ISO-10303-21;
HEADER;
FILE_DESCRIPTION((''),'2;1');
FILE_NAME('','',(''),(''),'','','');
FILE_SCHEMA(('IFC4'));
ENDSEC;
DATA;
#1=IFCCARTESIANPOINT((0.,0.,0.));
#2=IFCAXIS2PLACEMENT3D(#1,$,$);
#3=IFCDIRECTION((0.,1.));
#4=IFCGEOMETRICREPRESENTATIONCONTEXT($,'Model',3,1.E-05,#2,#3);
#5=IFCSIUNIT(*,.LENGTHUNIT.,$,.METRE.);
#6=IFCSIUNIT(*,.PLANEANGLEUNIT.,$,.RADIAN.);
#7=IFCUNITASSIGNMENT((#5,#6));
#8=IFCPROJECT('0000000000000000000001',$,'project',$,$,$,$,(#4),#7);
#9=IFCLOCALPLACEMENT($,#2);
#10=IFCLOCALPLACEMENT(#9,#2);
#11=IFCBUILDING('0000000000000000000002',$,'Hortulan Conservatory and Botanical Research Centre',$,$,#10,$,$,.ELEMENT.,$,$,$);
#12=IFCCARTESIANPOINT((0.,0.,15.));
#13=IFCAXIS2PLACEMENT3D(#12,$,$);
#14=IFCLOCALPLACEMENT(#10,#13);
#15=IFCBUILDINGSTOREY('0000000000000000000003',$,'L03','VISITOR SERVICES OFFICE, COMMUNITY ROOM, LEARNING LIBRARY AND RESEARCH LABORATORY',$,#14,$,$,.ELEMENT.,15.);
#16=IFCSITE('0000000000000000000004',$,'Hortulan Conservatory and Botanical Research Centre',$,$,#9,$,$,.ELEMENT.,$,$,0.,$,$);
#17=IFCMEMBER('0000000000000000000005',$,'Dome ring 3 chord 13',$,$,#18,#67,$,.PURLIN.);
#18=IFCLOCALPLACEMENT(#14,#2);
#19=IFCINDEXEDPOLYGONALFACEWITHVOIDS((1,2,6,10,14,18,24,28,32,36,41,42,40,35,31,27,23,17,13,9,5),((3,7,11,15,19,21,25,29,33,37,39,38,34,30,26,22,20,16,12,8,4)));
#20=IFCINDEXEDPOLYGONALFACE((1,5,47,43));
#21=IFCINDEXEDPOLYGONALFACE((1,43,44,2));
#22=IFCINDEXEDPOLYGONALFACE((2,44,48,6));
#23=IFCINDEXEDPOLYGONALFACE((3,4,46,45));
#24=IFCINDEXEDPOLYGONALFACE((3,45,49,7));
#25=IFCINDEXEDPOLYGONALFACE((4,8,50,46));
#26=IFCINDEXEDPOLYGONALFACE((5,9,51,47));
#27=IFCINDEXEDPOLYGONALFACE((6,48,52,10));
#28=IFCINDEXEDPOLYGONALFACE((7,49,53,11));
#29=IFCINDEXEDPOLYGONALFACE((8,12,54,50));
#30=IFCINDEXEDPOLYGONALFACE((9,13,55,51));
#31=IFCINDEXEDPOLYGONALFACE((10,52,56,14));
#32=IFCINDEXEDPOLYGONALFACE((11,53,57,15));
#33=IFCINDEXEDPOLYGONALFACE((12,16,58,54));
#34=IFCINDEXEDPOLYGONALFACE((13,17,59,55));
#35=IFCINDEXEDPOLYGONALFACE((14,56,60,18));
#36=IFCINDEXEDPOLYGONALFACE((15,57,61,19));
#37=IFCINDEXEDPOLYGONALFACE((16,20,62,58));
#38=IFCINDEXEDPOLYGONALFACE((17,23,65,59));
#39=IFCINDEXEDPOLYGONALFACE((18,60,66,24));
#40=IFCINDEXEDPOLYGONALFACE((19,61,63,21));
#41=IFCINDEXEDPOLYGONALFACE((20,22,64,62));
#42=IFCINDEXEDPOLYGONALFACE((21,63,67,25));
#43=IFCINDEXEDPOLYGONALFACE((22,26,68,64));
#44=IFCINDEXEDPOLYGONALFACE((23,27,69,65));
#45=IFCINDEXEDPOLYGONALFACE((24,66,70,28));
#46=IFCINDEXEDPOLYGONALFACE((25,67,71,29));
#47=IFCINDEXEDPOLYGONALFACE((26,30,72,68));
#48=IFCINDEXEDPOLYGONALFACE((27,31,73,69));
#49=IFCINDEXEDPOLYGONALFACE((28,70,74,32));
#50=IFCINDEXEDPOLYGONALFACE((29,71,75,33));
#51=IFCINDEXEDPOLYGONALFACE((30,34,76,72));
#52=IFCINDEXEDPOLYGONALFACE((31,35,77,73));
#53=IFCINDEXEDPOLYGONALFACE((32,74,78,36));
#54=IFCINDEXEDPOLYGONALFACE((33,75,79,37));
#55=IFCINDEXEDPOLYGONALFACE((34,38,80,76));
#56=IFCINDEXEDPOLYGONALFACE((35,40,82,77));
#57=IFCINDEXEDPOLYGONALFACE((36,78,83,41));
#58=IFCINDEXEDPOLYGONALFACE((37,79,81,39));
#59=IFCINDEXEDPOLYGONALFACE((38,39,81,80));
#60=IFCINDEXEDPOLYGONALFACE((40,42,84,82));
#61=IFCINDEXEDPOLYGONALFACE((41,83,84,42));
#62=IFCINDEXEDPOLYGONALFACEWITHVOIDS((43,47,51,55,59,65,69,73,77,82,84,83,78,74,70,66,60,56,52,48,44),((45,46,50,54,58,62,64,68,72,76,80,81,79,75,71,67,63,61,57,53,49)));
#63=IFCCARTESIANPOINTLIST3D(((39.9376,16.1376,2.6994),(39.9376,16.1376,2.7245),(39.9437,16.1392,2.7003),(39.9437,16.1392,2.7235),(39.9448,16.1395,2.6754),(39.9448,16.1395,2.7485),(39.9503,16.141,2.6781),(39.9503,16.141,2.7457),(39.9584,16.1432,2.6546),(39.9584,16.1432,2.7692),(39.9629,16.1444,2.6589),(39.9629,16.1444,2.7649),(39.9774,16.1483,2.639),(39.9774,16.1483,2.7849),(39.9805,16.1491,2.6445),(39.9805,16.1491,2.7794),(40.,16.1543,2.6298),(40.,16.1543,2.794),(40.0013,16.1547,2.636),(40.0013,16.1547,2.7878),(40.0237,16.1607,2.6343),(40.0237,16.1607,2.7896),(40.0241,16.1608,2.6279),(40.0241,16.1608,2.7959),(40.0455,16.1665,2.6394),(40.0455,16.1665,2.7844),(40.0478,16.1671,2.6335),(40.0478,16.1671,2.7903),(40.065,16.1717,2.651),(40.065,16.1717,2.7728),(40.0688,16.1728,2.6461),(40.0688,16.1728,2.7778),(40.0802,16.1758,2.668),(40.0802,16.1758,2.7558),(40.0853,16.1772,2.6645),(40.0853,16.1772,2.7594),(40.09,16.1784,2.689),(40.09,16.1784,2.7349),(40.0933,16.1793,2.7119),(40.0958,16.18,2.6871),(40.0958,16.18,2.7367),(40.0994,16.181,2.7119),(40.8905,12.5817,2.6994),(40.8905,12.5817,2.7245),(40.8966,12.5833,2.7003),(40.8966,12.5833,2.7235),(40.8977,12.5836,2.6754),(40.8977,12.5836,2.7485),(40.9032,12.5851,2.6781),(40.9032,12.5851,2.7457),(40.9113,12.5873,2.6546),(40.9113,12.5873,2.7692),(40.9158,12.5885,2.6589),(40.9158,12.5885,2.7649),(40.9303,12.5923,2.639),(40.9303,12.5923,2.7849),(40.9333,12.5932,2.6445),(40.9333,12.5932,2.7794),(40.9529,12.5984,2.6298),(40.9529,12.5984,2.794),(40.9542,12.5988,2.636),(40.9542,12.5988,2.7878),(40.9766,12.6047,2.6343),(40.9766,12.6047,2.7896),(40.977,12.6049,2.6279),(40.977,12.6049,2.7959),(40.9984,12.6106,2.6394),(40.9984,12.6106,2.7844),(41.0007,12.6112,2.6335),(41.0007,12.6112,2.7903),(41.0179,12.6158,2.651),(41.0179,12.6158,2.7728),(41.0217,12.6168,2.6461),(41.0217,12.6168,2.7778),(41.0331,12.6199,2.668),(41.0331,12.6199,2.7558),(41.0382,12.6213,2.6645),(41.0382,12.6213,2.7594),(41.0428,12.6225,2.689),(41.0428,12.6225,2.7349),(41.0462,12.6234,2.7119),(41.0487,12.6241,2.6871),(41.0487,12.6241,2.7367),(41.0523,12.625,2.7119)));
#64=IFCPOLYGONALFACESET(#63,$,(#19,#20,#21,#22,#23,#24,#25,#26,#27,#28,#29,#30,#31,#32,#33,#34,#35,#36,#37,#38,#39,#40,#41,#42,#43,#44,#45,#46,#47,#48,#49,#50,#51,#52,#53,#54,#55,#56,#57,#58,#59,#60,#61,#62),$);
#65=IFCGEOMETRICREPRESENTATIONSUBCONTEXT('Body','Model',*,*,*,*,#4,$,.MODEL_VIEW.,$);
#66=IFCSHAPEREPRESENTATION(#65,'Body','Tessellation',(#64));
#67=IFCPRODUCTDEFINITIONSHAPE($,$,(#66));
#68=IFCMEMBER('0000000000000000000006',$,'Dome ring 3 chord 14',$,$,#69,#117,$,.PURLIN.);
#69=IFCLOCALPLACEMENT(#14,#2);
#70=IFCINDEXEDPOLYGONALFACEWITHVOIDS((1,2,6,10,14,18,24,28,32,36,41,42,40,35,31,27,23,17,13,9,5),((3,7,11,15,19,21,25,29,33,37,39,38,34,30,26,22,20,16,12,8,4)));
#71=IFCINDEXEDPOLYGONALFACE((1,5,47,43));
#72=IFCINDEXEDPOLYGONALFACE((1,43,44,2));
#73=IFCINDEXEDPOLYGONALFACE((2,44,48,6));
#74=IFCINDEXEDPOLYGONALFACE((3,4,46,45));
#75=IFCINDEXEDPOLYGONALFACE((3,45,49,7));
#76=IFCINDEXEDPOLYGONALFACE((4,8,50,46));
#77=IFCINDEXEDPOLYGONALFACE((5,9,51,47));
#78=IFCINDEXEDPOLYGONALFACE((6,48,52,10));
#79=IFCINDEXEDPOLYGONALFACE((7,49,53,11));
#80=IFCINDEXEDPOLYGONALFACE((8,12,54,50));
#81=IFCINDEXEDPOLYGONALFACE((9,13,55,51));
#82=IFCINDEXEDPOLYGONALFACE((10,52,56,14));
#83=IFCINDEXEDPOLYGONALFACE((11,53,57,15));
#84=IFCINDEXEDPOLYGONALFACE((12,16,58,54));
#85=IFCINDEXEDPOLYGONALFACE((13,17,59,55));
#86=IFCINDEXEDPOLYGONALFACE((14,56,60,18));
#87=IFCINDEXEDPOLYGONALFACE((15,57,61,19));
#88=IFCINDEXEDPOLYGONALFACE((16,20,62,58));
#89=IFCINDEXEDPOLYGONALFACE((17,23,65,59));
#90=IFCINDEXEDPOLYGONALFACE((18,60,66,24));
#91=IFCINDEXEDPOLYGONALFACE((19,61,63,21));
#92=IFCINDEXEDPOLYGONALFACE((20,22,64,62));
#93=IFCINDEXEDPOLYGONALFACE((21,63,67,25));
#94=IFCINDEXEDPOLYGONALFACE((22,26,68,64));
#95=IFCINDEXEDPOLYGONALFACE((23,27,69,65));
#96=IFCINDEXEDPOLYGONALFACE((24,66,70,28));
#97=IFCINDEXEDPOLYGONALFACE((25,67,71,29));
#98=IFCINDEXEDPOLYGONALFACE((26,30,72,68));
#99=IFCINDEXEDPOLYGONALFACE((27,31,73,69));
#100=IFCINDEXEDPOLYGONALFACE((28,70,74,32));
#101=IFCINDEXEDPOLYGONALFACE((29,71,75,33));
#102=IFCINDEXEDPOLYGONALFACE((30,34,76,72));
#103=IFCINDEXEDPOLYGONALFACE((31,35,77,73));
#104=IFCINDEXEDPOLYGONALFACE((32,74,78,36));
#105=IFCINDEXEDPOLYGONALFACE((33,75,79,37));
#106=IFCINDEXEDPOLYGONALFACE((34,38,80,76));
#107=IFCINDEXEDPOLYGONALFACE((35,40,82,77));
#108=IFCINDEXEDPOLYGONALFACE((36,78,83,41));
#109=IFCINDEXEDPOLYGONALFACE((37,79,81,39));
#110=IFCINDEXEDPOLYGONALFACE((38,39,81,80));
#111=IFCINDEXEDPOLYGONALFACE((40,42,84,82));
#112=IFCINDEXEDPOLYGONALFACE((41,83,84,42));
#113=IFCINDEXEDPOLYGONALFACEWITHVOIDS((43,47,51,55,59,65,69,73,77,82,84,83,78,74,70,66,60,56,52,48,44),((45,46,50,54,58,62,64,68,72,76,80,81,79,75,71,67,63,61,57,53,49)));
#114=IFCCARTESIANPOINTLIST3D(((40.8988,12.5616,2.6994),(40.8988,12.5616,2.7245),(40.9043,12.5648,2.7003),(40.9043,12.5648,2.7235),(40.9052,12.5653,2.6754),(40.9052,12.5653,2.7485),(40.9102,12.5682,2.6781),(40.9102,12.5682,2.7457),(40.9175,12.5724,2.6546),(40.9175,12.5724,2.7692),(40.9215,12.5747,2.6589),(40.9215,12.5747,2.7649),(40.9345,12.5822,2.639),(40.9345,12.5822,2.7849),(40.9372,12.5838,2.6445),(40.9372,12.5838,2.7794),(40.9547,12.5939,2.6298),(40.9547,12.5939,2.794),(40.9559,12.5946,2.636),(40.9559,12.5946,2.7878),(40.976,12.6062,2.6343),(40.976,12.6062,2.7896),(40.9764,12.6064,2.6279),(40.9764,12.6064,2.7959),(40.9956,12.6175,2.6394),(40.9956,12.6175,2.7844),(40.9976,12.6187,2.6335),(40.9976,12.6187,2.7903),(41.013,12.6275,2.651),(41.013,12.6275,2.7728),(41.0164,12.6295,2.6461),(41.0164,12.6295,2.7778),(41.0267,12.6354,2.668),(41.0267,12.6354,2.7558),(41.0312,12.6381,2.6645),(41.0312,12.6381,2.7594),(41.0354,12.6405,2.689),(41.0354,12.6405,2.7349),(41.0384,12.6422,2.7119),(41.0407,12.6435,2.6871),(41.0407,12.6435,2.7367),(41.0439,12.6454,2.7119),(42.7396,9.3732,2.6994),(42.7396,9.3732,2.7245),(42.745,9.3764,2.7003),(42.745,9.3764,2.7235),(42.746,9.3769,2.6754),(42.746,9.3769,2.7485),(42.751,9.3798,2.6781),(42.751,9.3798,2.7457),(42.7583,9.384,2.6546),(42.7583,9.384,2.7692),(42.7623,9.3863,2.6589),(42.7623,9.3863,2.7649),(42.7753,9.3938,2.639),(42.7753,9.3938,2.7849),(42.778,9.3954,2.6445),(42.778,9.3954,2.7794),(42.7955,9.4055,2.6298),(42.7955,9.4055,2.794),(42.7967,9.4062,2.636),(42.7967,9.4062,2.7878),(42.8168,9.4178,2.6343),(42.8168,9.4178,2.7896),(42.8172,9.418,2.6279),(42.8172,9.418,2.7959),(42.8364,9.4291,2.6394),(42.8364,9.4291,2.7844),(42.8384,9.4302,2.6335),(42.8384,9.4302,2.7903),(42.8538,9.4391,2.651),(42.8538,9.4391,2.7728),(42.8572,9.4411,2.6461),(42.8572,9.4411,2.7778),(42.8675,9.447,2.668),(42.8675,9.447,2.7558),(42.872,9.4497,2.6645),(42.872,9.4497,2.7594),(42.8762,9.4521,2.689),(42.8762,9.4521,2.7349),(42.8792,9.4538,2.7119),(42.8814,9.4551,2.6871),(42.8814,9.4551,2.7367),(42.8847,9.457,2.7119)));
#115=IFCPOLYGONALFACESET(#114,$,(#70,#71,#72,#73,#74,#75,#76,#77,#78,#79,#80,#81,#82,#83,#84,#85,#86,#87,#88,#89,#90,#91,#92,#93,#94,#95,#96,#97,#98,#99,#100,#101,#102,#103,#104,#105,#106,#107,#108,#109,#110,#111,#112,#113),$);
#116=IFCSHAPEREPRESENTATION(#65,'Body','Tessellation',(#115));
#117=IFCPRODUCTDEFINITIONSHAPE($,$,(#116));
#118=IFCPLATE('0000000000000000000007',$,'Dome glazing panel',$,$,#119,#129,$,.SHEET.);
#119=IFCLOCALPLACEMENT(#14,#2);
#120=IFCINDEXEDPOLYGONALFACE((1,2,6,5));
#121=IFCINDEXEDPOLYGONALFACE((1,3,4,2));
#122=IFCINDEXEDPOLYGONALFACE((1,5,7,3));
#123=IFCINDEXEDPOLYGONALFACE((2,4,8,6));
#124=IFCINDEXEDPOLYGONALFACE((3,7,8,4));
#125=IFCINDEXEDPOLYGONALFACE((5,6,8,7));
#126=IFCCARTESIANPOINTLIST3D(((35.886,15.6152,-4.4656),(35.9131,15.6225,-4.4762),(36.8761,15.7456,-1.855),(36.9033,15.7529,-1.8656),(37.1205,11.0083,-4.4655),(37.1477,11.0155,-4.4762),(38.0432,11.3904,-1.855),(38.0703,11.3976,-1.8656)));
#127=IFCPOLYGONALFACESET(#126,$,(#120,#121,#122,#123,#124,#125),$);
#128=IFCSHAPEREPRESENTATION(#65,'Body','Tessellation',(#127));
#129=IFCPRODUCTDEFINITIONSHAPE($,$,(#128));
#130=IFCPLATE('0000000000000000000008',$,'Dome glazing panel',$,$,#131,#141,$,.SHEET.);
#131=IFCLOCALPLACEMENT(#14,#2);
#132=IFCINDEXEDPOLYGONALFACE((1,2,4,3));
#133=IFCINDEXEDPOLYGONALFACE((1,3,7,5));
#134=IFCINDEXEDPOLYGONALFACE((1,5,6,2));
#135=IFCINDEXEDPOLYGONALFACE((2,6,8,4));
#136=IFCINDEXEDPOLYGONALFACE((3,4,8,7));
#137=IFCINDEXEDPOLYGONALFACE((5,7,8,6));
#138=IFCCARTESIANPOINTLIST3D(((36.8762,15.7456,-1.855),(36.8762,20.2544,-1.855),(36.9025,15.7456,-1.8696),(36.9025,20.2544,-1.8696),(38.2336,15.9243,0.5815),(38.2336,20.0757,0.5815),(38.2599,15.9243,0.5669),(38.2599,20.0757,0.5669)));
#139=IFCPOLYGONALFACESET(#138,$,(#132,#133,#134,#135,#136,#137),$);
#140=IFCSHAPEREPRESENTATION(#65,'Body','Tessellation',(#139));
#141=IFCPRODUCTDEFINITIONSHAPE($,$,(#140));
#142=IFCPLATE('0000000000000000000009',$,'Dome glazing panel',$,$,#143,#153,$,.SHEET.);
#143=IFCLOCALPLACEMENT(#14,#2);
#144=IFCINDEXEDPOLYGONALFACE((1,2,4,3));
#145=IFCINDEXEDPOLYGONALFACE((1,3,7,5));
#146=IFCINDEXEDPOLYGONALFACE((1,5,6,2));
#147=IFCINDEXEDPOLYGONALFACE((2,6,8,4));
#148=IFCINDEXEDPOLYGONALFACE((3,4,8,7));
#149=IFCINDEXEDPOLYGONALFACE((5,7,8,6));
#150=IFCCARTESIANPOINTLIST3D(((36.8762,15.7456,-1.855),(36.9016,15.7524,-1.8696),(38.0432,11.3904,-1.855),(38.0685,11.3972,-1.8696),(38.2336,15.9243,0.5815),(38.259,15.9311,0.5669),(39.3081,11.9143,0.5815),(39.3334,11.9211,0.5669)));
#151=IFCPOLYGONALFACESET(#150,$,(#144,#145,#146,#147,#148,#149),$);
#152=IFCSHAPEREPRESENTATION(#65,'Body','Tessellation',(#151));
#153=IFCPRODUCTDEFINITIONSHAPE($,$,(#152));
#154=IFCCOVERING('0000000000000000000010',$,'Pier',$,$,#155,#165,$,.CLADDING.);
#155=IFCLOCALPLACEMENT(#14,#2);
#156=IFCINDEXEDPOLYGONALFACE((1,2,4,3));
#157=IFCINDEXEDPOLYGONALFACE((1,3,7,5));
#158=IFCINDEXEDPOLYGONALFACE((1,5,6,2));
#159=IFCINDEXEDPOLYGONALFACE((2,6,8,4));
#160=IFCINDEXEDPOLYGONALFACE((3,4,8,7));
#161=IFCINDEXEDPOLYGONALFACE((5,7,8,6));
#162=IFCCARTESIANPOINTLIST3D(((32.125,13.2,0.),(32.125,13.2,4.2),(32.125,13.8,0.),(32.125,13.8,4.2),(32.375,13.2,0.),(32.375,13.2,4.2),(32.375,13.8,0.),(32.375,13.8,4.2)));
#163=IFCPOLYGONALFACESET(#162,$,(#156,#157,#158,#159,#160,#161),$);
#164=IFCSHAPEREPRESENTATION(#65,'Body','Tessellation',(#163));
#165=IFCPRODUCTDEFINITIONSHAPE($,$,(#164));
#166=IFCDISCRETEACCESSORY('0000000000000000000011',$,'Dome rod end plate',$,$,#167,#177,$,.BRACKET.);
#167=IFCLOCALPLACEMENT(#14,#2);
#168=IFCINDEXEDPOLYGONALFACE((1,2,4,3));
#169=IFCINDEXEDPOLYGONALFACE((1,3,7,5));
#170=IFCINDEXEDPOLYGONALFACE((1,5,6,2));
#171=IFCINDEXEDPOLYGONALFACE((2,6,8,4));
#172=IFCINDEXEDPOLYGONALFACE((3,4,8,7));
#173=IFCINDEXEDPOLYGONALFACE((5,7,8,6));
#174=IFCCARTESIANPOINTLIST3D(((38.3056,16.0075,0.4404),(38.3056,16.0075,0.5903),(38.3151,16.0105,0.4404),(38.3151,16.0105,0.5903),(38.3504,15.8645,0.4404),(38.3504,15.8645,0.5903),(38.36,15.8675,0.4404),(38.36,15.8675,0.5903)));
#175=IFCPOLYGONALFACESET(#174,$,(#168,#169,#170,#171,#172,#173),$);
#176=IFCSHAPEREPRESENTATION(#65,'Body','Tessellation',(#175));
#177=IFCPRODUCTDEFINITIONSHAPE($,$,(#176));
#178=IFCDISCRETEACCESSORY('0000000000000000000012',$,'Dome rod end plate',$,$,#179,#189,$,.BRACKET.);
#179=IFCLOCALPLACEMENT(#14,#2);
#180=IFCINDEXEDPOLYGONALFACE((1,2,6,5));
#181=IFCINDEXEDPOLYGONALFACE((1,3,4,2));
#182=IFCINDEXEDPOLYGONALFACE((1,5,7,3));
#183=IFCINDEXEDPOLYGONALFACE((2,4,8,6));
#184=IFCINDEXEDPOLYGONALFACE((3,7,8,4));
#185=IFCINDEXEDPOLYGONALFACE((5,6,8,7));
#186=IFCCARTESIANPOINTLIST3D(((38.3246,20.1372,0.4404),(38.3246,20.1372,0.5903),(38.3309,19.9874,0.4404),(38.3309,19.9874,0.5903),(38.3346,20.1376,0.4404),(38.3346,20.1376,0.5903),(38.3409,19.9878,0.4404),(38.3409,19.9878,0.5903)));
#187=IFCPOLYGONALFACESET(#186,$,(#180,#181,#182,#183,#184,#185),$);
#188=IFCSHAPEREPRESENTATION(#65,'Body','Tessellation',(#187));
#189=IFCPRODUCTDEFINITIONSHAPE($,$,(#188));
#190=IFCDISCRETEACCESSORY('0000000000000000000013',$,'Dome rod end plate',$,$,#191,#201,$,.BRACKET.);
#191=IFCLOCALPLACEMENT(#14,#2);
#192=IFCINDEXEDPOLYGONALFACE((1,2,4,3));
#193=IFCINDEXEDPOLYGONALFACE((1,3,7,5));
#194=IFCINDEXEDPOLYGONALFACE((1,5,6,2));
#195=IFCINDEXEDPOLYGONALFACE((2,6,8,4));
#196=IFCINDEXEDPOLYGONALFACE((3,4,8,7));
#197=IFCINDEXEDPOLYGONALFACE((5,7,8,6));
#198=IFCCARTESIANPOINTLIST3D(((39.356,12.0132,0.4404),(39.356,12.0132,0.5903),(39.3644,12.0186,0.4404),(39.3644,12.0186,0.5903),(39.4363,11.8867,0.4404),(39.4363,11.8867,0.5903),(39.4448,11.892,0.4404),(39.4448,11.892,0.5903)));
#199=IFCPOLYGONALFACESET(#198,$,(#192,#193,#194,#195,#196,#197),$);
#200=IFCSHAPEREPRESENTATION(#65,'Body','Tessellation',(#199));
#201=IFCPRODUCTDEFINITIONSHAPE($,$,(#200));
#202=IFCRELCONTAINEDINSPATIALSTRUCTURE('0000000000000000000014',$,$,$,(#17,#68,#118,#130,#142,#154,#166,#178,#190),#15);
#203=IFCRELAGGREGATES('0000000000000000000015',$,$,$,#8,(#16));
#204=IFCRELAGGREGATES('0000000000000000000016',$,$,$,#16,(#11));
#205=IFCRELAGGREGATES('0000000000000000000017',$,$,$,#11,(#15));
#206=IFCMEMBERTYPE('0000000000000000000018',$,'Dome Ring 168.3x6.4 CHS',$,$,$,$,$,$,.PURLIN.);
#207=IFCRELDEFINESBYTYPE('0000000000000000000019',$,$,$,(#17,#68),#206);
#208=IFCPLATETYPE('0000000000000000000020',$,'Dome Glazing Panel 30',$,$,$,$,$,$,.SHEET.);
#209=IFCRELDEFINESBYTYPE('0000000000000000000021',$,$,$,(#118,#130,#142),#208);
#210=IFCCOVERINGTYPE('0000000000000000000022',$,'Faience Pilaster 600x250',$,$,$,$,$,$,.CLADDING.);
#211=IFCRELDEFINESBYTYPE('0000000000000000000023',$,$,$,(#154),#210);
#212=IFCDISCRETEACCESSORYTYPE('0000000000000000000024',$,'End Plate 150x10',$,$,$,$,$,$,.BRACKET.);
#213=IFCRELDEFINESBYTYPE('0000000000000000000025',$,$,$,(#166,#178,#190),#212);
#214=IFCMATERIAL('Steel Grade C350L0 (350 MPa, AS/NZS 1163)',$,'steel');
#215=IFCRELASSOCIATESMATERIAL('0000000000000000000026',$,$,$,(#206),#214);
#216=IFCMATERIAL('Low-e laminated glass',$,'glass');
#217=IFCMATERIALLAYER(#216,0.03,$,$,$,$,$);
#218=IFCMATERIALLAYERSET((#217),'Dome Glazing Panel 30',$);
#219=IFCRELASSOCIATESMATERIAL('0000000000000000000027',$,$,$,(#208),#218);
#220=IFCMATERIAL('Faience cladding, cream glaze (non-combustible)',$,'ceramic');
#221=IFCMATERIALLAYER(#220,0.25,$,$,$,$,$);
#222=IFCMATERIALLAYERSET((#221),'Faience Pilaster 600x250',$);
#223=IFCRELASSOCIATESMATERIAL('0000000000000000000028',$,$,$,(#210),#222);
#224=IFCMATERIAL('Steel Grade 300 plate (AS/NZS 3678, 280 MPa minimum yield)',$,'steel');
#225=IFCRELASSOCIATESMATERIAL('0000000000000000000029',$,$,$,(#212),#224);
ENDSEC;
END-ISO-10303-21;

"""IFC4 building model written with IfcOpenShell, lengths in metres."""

from ifc_helpers import new_model, si_unit, direction, frame, origin, origin_2d, place, context, subcontext, project, spatial, polyline, rectangle, hollow_circle, outline, extrude, material, layer, layer_set, material_profile, profile_set, type_object, element, save


model = new_model("IFC4")

# Units and contexts
model_context = context("Model", 3, precision=1e-05, world=origin(), true_north=direction((0.0, 1.0)))
body_context = subcontext(model_context, "Body", "Model", "MODEL_VIEW")
ifc_project = project(units=[si_unit("LENGTHUNIT", "METRE"), si_unit("PLANEANGLEUNIT", "RADIAN")], contexts=[model_context])

# Site, building, storey
site_placement = place(None, origin())
site = spatial("IfcSite", under=ifc_project, at=site_placement, Name="Hortulan Conservatory and Botanical Research Centre", CompositionType="ELEMENT", RefElevation=0.0)
building_placement = place(site_placement, origin())
building = spatial("IfcBuilding", under=site, at=building_placement, Name="Hortulan Conservatory and Botanical Research Centre", CompositionType="ELEMENT")
storey_placement = place(building_placement, frame((0.0, 0.0, 15.0)))
storey = spatial("IfcBuildingStorey", under=building, at=storey_placement, Name="L03", Description="VISITOR SERVICES OFFICE, COMMUNITY ROOM, LEARNING LIBRARY AND RESEARCH LABORATORY", CompositionType="ELEMENT", Elevation=15.0)

# Shared definitions
ifc_material_1 = material(Name="Steel Grade C350L0 (350 MPa, AS/NZS 1163)", Category="steel")

# Members
ifc_material_profile_1 = material_profile(ifc_material_1, hollow_circle(Radius=0.0842, WallThickness=0.0063, at=origin_2d()), Name="168.3x6.4CHS")
ifc_profile_set_1 = profile_set([ifc_material_profile_1], Name="Steel Grade C350L0 (350 MPa, AS/NZS 1163)")
member_type_1 = type_object("IfcMemberType", Name="Dome Ring 168.3x6.4 CHS", PredefinedType="PURLIN", material=ifc_profile_set_1)
member_1_placement = place(storey_placement, frame((40.0181, 16.1592, 2.7119), z_axis=(0.258839, -0.965921, 0.0), x_axis=(0.965921, 0.258839, 0.0)))
element("IfcMember", 1, at=member_1_placement, inside=storey, type_object=member_type_1, Name="Dome ring 3 chord 13", PredefinedType="PURLIN", context=body_context, shape_type="SweptSolid", body=[
    extrude(hollow_circle(Radius=0.0842, WallThickness=0.0063, at=origin_2d()), origin(), (0.0, 0.0, 1.0), 3.6814),
])
member_2_placement = place(storey_placement, frame((40.9709, 12.6033, 2.7119), z_axis=(0.49999, -0.866031, 0.0), x_axis=(0.866031, 0.49999, 0.0)))
element("IfcMember", 2, at=member_2_placement, inside=storey, type_object=member_type_1, Name="Dome ring 3 chord 14", PredefinedType="PURLIN", context=body_context, shape_type="SweptSolid", body=[
    extrude(hollow_circle(Radius=0.0842, WallThickness=0.0063, at=origin_2d()), origin(), (0.0, 0.0, 1.0), 3.6816),
])

# Plates
ifc_material_2 = material(Name="Low-e laminated glass", Category="glass")
ifc_layer_1 = layer(ifc_material_2, 0.03)
ifc_layer_set_1 = layer_set([ifc_layer_1], Name="Dome Glazing Panel 30")
plate_type = type_object("IfcPlateType", Name="Dome Glazing Panel 30", PredefinedType="SHEET", material=ifc_layer_set_1)
plate_1_placement = place(storey_placement, frame((35.886, 15.6152, -4.4656), z_axis=(-0.903142, -0.242017, 0.35463), x_axis=(0.258842, -0.96592, 0.000006)))
element("IfcPlate", 3, at=plate_1_placement, inside=storey, type_object=plate_type, Name="Dome glazing panel", PredefinedType="SHEET", context=body_context, shape_type="SweptSolid", body=[
    extrude(outline(polyline([(0.0, 0.0), (4.7695, 0.0), (4.6393, 2.792), (0.1304, 2.7921), (0.0, 0.0)])), origin(), (0.0, 0.0, -1.0), 0.03),
])
plate_2_placement = place(storey_placement, frame((36.8762, 20.2544, -1.855), z_axis=(-0.873579, 0.0, 0.486683), x_axis=(0.0, -1.0, 0.0)))
element("IfcPlate", 4, at=plate_2_placement, inside=storey, type_object=plate_type, Name="Dome glazing panel", PredefinedType="SHEET", context=body_context, shape_type="SweptSolid", body=[
    extrude(outline(polyline([(0.0, 0.0), (4.5088, 0.0), (4.3301, 2.7891), (0.1787, 2.7891), (0.0, 0.0)])), origin(), (0.0, 0.0, -1.0), 0.03),
])
plate_3_placement = place(storey_placement, frame((36.8762, 15.7456, -1.855), z_axis=(-0.843814, -0.226099, 0.486679), x_axis=(0.258819, -0.965926, 0.000001)))
element("IfcPlate", 5, at=plate_3_placement, inside=storey, type_object=plate_type, Name="Dome glazing panel", PredefinedType="SHEET", context=body_context, shape_type="SweptSolid", body=[
    extrude(outline(polyline([(0.0, 0.0), (4.5089, 0.0), (4.3302, 2.7891), (0.1787, 2.7891), (0.0, 0.0)])), origin(), (0.0, 0.0, -1.0), 0.03),
])

# Covering
ifc_material_3 = material(Name="Faience cladding, cream glaze (non-combustible)", Category="ceramic")
ifc_layer_2 = layer(ifc_material_3, 0.25)
ifc_layer_set_2 = layer_set([ifc_layer_2], Name="Faience Pilaster 600x250")
covering_type = type_object("IfcCoveringType", Name="Faience Pilaster 600x250", PredefinedType="CLADDING", material=ifc_layer_set_2)
covering_placement = place(storey_placement, frame((32.25, 13.5, 0.0), z_axis=(0.0, 0.0, 1.0), x_axis=(0.0, 1.0, 0.0)))
element("IfcCovering", 6, at=covering_placement, inside=storey, type_object=covering_type, Name="Pier", PredefinedType="CLADDING", context=body_context, shape_type="SweptSolid", body=[
    extrude(rectangle(XDim=0.6001, YDim=0.25, at=origin_2d()), origin(), (0.0, 0.0, 1.0), 4.2),
])

# Discrete accessories
ifc_material_4 = material(Name="Steel Grade 300 plate (AS/NZS 3678, 280 MPa minimum yield)", Category="steel")
discrete_accessory_type = type_object("IfcDiscreteAccessoryType", Name="End Plate 150x10", PredefinedType="BRACKET", material=ifc_material_4)
for number, where, z_axis, x_axis, name in (
    (7, (38.3328, 15.9375, 0.4404), (0.0, 0.0, 1.0), (0.299157, -0.954204, 0.0), "Dome rod end plate"),
    (8, (38.3328, 20.0625, 0.4404), (0.0, 0.0, 1.0), (0.04198, -0.999118, 0.0), "Dome rod end plate"),
    (9, (39.4004, 11.9526, 0.4404), (0.0, 0.0, 1.0), (0.53593, -0.844262, 0.0), "Dome rod end plate"),
):
    element("IfcDiscreteAccessory", number, at=place(storey_placement, frame(where, z_axis=z_axis, x_axis=x_axis)), inside=storey, type_object=discrete_accessory_type, Name=name, PredefinedType="BRACKET", context=body_context, shape_type="SweptSolid", body=[
        extrude(rectangle(XDim=0.1499, YDim=0.01, at=origin_2d()), origin(), (0.0, 0.0, 1.0), 0.1499),
    ])

save(model, "model.ifc")
